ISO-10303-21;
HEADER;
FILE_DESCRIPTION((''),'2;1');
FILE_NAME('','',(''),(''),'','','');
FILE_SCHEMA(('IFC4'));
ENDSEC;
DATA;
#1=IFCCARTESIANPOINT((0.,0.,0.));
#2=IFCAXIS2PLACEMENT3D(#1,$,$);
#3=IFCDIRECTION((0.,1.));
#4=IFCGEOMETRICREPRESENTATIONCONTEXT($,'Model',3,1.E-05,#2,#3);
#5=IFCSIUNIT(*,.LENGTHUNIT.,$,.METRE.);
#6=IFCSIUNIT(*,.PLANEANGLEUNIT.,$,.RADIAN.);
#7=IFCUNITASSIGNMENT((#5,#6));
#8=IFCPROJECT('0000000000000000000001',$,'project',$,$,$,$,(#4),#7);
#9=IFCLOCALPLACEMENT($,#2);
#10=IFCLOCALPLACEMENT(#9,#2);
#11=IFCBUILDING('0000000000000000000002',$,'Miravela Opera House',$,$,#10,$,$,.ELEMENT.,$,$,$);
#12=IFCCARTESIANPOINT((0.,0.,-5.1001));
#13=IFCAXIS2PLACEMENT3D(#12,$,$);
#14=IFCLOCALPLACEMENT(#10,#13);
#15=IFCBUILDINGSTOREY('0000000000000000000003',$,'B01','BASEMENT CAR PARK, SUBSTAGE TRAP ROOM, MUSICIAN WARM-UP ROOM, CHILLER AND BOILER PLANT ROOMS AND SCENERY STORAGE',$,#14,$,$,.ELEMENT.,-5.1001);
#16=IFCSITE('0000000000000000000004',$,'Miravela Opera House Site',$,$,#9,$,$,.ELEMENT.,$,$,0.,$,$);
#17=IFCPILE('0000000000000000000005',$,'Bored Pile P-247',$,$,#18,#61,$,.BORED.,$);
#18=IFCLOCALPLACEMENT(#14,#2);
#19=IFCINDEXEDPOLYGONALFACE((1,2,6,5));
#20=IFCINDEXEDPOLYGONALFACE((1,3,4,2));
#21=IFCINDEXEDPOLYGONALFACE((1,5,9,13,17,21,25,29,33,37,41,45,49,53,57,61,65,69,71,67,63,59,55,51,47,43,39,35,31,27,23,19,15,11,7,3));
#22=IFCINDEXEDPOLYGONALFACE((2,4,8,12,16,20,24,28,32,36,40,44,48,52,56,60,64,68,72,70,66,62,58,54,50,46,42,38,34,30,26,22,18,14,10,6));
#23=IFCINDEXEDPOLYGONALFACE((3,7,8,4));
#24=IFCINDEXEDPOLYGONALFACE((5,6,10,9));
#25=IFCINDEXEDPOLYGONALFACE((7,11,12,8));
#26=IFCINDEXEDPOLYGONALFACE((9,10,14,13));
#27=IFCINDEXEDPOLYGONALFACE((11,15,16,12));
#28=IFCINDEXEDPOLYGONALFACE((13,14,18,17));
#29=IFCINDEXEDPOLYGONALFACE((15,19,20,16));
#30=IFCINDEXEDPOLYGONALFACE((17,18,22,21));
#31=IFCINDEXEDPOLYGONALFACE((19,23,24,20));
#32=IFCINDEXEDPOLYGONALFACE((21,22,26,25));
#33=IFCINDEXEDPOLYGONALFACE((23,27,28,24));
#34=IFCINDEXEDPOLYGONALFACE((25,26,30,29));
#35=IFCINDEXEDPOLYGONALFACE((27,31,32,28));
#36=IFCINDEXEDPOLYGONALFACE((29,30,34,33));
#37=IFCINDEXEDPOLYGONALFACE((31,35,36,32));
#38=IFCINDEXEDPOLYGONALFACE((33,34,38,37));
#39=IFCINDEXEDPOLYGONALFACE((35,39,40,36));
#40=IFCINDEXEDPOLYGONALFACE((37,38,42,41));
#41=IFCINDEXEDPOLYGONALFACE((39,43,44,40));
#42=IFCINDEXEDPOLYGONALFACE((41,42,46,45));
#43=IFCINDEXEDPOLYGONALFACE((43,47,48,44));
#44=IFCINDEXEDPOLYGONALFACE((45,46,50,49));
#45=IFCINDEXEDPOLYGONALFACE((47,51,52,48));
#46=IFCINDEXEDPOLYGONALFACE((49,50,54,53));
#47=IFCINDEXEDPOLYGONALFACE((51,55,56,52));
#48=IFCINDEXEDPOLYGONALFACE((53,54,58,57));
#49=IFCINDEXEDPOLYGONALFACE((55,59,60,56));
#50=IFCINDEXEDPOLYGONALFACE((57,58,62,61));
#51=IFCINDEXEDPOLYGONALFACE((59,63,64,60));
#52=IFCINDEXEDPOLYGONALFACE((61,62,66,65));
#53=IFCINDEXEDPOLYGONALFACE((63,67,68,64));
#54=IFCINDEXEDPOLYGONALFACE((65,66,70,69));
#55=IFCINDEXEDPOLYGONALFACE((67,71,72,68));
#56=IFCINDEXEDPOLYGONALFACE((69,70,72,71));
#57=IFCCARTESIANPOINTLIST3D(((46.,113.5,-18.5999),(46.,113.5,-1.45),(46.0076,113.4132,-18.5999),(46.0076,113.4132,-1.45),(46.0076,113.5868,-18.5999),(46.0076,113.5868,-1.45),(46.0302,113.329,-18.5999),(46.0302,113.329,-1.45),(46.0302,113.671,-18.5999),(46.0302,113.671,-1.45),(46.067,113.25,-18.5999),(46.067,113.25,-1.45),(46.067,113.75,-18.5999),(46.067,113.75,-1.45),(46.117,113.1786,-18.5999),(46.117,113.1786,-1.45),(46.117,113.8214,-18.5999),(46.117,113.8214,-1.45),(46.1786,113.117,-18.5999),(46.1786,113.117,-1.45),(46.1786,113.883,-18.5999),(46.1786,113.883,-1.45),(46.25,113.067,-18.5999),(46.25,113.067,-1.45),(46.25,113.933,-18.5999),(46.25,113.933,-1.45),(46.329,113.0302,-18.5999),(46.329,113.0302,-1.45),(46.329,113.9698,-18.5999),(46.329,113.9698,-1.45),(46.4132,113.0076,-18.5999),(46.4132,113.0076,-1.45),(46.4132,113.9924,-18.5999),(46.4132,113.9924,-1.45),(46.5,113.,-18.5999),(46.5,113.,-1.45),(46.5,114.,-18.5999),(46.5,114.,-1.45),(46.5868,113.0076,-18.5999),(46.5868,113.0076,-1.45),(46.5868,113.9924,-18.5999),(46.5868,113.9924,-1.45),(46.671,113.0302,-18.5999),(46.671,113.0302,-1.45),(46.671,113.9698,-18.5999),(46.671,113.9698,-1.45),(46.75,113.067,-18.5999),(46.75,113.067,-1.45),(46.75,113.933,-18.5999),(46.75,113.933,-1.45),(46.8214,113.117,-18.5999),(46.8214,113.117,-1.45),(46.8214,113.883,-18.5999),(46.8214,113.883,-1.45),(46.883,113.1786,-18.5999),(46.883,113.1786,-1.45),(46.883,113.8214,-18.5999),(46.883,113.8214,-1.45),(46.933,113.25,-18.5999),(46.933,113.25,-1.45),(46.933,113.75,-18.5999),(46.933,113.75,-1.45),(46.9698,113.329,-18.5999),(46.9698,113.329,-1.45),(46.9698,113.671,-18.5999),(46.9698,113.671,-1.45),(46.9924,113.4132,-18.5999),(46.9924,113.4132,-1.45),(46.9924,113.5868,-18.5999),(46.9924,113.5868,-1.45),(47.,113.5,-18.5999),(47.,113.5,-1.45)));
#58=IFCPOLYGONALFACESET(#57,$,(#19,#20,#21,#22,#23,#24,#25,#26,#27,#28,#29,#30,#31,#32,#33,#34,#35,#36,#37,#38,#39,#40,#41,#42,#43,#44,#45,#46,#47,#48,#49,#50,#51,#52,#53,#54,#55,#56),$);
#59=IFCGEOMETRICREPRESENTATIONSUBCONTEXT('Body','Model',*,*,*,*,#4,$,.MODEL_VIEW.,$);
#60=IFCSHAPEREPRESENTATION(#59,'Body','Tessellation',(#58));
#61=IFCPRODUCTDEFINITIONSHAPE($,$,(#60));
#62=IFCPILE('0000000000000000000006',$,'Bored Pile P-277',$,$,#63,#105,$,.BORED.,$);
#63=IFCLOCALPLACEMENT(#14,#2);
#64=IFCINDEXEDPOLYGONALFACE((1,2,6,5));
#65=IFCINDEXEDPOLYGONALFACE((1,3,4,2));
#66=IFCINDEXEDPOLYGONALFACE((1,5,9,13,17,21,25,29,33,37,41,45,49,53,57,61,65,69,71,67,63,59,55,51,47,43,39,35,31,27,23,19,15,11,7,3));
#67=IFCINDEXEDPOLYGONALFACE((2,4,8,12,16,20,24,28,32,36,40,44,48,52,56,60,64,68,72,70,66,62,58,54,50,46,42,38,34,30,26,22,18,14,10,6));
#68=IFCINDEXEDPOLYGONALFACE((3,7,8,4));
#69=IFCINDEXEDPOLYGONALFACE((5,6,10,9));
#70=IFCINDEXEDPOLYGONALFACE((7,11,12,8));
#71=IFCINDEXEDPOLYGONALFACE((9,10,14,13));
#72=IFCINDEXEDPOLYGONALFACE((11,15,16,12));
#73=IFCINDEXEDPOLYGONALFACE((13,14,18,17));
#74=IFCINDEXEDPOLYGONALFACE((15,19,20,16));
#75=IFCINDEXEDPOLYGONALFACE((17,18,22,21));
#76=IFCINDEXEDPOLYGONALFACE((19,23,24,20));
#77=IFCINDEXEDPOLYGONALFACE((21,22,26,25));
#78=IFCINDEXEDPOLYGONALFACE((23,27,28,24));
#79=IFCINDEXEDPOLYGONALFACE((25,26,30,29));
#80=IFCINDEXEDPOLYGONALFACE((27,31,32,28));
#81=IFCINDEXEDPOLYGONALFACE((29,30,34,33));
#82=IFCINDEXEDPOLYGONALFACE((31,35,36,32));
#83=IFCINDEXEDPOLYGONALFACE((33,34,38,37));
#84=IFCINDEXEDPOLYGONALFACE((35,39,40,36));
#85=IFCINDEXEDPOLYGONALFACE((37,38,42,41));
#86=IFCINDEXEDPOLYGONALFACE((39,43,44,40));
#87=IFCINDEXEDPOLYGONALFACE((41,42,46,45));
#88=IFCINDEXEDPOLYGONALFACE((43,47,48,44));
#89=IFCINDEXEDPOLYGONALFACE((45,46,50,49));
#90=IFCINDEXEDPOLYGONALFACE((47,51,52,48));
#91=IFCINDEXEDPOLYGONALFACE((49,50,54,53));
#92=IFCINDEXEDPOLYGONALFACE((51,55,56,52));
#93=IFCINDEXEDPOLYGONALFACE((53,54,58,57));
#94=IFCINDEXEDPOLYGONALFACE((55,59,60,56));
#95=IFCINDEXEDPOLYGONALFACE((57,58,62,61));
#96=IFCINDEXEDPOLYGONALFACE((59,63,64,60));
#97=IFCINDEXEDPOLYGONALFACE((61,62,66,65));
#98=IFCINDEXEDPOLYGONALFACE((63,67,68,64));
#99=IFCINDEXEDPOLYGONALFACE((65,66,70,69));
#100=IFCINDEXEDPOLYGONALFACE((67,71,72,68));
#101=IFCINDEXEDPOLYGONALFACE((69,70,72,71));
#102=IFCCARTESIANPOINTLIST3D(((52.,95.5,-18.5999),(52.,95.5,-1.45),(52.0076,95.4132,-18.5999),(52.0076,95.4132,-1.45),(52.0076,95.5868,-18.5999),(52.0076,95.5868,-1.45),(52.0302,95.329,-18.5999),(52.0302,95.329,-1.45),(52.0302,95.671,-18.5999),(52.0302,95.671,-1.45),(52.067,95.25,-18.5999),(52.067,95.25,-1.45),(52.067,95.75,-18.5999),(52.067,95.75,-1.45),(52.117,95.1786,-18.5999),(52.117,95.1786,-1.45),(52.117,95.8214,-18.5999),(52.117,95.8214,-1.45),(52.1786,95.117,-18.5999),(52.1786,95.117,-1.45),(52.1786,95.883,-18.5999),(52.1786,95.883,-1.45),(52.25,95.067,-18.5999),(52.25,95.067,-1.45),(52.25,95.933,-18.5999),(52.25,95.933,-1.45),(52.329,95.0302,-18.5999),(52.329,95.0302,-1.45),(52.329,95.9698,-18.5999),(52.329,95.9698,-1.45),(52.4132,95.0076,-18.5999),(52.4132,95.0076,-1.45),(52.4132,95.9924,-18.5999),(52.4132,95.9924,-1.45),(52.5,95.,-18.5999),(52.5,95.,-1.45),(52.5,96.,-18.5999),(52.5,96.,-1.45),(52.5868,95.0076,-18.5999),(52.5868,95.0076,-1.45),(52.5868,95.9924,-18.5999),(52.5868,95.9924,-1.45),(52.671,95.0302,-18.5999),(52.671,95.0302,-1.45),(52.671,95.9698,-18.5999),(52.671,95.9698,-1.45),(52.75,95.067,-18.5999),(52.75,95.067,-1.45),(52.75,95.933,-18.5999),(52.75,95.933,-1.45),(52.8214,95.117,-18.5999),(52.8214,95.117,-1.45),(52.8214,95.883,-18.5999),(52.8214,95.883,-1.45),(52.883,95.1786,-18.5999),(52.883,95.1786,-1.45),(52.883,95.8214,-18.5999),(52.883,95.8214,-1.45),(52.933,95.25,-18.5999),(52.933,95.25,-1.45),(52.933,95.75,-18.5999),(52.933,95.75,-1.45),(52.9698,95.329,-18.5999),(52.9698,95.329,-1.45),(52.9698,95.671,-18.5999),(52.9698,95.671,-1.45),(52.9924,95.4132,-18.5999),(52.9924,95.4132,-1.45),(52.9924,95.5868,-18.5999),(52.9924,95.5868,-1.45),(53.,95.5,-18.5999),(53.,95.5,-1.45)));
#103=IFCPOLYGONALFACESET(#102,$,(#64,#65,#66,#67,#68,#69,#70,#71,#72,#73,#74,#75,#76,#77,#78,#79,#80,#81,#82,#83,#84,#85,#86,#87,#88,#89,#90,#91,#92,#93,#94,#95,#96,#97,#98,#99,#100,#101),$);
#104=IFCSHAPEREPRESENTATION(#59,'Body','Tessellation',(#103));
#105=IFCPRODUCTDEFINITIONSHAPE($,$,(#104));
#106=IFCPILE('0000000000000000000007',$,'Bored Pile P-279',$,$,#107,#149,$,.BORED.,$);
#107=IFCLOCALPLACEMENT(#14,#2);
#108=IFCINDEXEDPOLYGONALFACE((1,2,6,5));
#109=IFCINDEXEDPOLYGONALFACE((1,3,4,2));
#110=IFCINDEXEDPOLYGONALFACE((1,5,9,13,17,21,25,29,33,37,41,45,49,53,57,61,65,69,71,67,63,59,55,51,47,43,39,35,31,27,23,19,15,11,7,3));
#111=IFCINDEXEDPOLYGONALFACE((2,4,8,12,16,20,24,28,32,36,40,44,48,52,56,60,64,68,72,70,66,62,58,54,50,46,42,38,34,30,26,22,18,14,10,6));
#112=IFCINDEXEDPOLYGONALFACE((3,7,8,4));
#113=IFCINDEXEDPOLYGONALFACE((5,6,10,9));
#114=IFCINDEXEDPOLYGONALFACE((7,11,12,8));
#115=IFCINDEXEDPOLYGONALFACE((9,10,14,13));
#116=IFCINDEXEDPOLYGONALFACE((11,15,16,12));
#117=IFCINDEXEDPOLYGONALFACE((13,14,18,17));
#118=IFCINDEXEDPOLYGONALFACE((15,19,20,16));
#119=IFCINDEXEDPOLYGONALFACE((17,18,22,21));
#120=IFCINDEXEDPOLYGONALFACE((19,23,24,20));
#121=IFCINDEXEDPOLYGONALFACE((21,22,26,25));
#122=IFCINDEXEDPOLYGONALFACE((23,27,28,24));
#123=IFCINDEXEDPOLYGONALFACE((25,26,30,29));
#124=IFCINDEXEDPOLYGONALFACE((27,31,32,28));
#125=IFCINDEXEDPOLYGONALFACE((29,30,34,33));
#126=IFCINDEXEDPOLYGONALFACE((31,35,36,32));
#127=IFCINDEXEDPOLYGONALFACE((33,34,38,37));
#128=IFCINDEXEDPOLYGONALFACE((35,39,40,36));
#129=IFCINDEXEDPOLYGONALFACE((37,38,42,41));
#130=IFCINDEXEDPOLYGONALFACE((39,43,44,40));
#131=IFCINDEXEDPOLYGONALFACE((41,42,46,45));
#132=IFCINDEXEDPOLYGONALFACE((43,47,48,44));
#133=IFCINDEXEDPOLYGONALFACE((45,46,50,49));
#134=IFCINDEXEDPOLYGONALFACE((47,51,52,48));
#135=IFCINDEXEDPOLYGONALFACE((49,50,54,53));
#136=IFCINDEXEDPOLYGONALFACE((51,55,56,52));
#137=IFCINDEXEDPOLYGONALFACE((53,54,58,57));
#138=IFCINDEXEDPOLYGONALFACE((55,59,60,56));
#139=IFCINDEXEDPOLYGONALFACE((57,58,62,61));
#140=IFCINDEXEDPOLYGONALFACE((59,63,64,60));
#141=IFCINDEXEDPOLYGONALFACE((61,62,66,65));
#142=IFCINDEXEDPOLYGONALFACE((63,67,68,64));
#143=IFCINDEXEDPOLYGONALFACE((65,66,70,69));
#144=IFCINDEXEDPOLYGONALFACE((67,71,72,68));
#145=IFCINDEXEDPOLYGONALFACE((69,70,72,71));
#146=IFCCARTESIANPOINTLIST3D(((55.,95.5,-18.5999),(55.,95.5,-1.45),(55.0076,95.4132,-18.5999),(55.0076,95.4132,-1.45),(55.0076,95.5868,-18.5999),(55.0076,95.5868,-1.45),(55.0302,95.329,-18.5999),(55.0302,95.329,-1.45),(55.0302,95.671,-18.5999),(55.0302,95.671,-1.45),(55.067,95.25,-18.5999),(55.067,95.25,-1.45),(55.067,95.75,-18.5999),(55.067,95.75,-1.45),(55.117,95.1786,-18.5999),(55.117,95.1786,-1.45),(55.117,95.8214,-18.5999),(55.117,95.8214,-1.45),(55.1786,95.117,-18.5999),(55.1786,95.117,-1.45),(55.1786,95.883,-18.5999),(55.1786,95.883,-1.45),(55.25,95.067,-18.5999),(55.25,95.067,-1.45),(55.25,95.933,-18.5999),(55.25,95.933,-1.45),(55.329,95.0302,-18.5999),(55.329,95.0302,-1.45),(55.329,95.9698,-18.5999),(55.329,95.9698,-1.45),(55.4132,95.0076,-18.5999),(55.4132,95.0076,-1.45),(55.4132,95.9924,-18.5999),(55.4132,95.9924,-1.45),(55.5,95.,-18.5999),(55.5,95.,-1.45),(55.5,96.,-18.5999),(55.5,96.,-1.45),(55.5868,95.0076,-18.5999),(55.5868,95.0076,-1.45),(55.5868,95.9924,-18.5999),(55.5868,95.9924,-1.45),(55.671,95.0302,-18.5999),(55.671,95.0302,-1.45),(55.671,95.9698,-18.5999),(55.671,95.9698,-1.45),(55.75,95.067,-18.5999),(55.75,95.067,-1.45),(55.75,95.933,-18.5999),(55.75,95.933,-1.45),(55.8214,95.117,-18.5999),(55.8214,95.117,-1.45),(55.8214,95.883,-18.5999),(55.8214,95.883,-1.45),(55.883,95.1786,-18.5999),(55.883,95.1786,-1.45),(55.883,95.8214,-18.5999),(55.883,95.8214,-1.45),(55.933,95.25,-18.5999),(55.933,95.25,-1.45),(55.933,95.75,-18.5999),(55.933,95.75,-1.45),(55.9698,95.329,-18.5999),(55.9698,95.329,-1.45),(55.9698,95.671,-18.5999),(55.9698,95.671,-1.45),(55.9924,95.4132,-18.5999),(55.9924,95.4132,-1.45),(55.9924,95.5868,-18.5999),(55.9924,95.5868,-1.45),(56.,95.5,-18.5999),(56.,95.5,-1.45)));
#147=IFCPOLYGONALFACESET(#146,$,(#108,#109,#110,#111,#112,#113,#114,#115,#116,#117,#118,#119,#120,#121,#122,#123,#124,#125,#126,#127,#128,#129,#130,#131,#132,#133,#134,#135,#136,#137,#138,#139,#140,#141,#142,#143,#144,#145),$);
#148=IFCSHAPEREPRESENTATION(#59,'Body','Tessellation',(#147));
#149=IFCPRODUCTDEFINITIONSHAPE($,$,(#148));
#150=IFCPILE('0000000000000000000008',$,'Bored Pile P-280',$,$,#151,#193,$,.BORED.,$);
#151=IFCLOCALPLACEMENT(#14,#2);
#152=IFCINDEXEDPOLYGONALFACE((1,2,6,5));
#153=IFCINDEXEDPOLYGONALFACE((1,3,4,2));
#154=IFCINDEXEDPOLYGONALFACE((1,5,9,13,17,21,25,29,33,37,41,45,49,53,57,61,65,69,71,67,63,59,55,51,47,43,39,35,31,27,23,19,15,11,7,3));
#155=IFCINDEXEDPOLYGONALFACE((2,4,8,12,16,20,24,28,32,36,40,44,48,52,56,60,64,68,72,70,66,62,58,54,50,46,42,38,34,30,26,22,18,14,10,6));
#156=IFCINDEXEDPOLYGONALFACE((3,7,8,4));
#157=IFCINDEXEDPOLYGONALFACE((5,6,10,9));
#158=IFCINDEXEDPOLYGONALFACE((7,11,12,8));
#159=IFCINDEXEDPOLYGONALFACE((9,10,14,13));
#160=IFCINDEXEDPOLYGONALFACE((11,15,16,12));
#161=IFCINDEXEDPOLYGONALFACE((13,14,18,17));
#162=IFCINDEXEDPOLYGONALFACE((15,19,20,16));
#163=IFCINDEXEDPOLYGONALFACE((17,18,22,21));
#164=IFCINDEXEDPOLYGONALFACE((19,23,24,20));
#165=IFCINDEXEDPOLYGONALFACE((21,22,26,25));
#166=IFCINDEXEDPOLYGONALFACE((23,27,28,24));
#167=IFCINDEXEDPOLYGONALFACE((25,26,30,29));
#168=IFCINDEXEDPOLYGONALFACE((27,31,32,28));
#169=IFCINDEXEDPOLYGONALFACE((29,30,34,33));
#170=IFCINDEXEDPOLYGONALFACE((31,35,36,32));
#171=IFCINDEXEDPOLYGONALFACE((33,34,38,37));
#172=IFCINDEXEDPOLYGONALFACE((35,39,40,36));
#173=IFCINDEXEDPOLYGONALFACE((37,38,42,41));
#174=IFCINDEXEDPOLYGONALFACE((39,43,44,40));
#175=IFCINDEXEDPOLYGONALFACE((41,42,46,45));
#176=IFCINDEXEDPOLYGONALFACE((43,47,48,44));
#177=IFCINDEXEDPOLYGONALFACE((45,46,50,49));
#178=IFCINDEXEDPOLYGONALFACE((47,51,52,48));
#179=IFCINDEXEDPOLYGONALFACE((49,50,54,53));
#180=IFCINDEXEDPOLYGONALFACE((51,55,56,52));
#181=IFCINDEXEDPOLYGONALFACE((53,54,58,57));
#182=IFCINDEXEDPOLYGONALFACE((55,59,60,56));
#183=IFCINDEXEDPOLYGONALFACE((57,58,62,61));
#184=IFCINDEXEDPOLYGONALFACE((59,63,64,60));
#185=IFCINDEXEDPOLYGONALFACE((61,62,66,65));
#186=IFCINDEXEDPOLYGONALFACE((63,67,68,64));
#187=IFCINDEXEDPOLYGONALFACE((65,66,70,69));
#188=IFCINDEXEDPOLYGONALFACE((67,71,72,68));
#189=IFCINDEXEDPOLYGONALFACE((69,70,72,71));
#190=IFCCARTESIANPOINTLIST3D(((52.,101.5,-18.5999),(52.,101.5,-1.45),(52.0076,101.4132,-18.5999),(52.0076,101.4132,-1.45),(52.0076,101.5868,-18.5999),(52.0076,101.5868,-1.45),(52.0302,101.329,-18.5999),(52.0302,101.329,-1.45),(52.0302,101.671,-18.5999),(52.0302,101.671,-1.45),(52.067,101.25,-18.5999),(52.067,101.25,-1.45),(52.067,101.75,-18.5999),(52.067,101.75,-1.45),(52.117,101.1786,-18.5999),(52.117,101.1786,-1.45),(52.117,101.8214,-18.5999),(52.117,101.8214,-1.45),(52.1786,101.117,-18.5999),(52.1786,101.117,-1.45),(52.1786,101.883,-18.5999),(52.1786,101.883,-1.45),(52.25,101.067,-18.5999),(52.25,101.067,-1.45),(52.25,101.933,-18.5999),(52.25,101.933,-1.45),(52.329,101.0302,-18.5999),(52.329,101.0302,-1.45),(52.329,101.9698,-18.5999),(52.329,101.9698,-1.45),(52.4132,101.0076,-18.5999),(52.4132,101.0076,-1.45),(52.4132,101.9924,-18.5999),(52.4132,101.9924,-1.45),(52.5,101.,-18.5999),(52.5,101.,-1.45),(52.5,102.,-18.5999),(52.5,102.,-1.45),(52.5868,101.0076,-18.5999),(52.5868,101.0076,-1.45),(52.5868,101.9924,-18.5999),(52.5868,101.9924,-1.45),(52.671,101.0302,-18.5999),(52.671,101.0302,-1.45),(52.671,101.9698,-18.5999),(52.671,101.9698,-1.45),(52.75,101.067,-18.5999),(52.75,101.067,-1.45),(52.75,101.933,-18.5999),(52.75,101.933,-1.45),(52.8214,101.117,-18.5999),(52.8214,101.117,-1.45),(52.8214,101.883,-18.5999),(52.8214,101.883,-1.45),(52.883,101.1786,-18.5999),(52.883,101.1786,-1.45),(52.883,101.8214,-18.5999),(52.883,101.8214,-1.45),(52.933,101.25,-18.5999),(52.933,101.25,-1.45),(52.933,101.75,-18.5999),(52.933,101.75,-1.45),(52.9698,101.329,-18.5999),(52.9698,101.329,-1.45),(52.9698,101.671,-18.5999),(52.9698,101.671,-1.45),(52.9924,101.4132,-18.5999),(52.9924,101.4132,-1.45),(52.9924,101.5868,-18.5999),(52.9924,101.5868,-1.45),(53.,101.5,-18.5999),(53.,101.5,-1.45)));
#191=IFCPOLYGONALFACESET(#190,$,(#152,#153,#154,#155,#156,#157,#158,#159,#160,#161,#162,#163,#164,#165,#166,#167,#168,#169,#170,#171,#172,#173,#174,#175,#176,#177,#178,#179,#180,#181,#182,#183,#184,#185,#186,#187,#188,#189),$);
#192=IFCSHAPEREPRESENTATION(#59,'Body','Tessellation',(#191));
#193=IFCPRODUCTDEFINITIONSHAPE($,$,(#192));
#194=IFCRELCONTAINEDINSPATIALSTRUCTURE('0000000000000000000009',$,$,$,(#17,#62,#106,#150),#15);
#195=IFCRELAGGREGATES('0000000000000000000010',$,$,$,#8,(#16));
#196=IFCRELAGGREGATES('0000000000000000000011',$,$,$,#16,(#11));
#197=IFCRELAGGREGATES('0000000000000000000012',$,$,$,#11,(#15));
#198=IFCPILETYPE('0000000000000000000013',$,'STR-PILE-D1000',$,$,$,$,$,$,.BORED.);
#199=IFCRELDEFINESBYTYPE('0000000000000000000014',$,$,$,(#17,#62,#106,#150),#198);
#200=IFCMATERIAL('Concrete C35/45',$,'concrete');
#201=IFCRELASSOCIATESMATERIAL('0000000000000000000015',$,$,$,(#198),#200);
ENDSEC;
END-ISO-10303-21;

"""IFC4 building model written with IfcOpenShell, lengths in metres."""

from ifc_helpers import new_model, si_unit, direction, frame, origin, origin_2d, place, context, subcontext, project, spatial, circle, extrude, material, material_profile, profile_set, type_object, element, save


model = new_model("IFC4")

# Units and contexts
model_context = context("Model", 3, precision=1e-05, world=origin(), true_north=direction((0.0, 1.0)))
body_context = subcontext(model_context, "Body", "Model", "MODEL_VIEW")
ifc_project = project(units=[si_unit("LENGTHUNIT", "METRE"), si_unit("PLANEANGLEUNIT", "RADIAN")], contexts=[model_context])

# Site, building, storey
site_placement = place(None, origin())
site = spatial("IfcSite", under=ifc_project, at=site_placement, Name="Miravela Opera House Site", CompositionType="ELEMENT", RefElevation=0.0)
building_placement = place(site_placement, origin())
building = spatial("IfcBuilding", under=site, at=building_placement, Name="Miravela Opera House", CompositionType="ELEMENT")
storey_placement = place(building_placement, frame((0.0, 0.0, -5.1001)))
storey = spatial("IfcBuildingStorey", under=building, at=storey_placement, Name="B01", Description="BASEMENT CAR PARK, SUBSTAGE TRAP ROOM, MUSICIAN WARM-UP ROOM, CHILLER AND BOILER PLANT ROOMS AND SCENERY STORAGE", CompositionType="ELEMENT", Elevation=-5.1001)

# Shared definitions
ifc_material_1 = material(Name="Concrete C35/45", Category="concrete")

# Piles
ifc_material_profile_1 = material_profile(ifc_material_1, circle(Radius=0.5, at=origin_2d()), Name="PILE-D1000")
ifc_profile_set_1 = profile_set([ifc_material_profile_1])
pile_type = type_object("IfcPileType", Name="STR-PILE-D1000", PredefinedType="BORED", material=ifc_profile_set_1)
for number, where, z_axis, x_axis, name in (
    (1, (46.5, 113.5, -1.45), (0.0, 0.0, -1.0), (1.0, 0.0, 0.0), "Bored Pile P-247"),
    (2, (52.5, 95.5, -1.45), (0.0, 0.0, -1.0), (1.0, 0.0, 0.0), "Bored Pile P-277"),
    (3, (55.5, 95.5, -1.45), (0.0, 0.0, -1.0), (1.0, 0.0, 0.0), "Bored Pile P-279"),
    (4, (52.5, 101.5, -1.45), (0.0, 0.0, -1.0), (1.0, 0.0, 0.0), "Bored Pile P-280"),
):
    element("IfcPile", number, at=place(storey_placement, frame(where, z_axis=z_axis, x_axis=x_axis)), inside=storey, type_object=pile_type, Name=name, PredefinedType="BORED", context=body_context, shape_type="SweptSolid", body=[
        extrude(circle(Radius=0.5, at=origin_2d()), origin(), (0.0, 0.0, 1.0), 17.1499),
    ])

save(model, "model.ifc")
